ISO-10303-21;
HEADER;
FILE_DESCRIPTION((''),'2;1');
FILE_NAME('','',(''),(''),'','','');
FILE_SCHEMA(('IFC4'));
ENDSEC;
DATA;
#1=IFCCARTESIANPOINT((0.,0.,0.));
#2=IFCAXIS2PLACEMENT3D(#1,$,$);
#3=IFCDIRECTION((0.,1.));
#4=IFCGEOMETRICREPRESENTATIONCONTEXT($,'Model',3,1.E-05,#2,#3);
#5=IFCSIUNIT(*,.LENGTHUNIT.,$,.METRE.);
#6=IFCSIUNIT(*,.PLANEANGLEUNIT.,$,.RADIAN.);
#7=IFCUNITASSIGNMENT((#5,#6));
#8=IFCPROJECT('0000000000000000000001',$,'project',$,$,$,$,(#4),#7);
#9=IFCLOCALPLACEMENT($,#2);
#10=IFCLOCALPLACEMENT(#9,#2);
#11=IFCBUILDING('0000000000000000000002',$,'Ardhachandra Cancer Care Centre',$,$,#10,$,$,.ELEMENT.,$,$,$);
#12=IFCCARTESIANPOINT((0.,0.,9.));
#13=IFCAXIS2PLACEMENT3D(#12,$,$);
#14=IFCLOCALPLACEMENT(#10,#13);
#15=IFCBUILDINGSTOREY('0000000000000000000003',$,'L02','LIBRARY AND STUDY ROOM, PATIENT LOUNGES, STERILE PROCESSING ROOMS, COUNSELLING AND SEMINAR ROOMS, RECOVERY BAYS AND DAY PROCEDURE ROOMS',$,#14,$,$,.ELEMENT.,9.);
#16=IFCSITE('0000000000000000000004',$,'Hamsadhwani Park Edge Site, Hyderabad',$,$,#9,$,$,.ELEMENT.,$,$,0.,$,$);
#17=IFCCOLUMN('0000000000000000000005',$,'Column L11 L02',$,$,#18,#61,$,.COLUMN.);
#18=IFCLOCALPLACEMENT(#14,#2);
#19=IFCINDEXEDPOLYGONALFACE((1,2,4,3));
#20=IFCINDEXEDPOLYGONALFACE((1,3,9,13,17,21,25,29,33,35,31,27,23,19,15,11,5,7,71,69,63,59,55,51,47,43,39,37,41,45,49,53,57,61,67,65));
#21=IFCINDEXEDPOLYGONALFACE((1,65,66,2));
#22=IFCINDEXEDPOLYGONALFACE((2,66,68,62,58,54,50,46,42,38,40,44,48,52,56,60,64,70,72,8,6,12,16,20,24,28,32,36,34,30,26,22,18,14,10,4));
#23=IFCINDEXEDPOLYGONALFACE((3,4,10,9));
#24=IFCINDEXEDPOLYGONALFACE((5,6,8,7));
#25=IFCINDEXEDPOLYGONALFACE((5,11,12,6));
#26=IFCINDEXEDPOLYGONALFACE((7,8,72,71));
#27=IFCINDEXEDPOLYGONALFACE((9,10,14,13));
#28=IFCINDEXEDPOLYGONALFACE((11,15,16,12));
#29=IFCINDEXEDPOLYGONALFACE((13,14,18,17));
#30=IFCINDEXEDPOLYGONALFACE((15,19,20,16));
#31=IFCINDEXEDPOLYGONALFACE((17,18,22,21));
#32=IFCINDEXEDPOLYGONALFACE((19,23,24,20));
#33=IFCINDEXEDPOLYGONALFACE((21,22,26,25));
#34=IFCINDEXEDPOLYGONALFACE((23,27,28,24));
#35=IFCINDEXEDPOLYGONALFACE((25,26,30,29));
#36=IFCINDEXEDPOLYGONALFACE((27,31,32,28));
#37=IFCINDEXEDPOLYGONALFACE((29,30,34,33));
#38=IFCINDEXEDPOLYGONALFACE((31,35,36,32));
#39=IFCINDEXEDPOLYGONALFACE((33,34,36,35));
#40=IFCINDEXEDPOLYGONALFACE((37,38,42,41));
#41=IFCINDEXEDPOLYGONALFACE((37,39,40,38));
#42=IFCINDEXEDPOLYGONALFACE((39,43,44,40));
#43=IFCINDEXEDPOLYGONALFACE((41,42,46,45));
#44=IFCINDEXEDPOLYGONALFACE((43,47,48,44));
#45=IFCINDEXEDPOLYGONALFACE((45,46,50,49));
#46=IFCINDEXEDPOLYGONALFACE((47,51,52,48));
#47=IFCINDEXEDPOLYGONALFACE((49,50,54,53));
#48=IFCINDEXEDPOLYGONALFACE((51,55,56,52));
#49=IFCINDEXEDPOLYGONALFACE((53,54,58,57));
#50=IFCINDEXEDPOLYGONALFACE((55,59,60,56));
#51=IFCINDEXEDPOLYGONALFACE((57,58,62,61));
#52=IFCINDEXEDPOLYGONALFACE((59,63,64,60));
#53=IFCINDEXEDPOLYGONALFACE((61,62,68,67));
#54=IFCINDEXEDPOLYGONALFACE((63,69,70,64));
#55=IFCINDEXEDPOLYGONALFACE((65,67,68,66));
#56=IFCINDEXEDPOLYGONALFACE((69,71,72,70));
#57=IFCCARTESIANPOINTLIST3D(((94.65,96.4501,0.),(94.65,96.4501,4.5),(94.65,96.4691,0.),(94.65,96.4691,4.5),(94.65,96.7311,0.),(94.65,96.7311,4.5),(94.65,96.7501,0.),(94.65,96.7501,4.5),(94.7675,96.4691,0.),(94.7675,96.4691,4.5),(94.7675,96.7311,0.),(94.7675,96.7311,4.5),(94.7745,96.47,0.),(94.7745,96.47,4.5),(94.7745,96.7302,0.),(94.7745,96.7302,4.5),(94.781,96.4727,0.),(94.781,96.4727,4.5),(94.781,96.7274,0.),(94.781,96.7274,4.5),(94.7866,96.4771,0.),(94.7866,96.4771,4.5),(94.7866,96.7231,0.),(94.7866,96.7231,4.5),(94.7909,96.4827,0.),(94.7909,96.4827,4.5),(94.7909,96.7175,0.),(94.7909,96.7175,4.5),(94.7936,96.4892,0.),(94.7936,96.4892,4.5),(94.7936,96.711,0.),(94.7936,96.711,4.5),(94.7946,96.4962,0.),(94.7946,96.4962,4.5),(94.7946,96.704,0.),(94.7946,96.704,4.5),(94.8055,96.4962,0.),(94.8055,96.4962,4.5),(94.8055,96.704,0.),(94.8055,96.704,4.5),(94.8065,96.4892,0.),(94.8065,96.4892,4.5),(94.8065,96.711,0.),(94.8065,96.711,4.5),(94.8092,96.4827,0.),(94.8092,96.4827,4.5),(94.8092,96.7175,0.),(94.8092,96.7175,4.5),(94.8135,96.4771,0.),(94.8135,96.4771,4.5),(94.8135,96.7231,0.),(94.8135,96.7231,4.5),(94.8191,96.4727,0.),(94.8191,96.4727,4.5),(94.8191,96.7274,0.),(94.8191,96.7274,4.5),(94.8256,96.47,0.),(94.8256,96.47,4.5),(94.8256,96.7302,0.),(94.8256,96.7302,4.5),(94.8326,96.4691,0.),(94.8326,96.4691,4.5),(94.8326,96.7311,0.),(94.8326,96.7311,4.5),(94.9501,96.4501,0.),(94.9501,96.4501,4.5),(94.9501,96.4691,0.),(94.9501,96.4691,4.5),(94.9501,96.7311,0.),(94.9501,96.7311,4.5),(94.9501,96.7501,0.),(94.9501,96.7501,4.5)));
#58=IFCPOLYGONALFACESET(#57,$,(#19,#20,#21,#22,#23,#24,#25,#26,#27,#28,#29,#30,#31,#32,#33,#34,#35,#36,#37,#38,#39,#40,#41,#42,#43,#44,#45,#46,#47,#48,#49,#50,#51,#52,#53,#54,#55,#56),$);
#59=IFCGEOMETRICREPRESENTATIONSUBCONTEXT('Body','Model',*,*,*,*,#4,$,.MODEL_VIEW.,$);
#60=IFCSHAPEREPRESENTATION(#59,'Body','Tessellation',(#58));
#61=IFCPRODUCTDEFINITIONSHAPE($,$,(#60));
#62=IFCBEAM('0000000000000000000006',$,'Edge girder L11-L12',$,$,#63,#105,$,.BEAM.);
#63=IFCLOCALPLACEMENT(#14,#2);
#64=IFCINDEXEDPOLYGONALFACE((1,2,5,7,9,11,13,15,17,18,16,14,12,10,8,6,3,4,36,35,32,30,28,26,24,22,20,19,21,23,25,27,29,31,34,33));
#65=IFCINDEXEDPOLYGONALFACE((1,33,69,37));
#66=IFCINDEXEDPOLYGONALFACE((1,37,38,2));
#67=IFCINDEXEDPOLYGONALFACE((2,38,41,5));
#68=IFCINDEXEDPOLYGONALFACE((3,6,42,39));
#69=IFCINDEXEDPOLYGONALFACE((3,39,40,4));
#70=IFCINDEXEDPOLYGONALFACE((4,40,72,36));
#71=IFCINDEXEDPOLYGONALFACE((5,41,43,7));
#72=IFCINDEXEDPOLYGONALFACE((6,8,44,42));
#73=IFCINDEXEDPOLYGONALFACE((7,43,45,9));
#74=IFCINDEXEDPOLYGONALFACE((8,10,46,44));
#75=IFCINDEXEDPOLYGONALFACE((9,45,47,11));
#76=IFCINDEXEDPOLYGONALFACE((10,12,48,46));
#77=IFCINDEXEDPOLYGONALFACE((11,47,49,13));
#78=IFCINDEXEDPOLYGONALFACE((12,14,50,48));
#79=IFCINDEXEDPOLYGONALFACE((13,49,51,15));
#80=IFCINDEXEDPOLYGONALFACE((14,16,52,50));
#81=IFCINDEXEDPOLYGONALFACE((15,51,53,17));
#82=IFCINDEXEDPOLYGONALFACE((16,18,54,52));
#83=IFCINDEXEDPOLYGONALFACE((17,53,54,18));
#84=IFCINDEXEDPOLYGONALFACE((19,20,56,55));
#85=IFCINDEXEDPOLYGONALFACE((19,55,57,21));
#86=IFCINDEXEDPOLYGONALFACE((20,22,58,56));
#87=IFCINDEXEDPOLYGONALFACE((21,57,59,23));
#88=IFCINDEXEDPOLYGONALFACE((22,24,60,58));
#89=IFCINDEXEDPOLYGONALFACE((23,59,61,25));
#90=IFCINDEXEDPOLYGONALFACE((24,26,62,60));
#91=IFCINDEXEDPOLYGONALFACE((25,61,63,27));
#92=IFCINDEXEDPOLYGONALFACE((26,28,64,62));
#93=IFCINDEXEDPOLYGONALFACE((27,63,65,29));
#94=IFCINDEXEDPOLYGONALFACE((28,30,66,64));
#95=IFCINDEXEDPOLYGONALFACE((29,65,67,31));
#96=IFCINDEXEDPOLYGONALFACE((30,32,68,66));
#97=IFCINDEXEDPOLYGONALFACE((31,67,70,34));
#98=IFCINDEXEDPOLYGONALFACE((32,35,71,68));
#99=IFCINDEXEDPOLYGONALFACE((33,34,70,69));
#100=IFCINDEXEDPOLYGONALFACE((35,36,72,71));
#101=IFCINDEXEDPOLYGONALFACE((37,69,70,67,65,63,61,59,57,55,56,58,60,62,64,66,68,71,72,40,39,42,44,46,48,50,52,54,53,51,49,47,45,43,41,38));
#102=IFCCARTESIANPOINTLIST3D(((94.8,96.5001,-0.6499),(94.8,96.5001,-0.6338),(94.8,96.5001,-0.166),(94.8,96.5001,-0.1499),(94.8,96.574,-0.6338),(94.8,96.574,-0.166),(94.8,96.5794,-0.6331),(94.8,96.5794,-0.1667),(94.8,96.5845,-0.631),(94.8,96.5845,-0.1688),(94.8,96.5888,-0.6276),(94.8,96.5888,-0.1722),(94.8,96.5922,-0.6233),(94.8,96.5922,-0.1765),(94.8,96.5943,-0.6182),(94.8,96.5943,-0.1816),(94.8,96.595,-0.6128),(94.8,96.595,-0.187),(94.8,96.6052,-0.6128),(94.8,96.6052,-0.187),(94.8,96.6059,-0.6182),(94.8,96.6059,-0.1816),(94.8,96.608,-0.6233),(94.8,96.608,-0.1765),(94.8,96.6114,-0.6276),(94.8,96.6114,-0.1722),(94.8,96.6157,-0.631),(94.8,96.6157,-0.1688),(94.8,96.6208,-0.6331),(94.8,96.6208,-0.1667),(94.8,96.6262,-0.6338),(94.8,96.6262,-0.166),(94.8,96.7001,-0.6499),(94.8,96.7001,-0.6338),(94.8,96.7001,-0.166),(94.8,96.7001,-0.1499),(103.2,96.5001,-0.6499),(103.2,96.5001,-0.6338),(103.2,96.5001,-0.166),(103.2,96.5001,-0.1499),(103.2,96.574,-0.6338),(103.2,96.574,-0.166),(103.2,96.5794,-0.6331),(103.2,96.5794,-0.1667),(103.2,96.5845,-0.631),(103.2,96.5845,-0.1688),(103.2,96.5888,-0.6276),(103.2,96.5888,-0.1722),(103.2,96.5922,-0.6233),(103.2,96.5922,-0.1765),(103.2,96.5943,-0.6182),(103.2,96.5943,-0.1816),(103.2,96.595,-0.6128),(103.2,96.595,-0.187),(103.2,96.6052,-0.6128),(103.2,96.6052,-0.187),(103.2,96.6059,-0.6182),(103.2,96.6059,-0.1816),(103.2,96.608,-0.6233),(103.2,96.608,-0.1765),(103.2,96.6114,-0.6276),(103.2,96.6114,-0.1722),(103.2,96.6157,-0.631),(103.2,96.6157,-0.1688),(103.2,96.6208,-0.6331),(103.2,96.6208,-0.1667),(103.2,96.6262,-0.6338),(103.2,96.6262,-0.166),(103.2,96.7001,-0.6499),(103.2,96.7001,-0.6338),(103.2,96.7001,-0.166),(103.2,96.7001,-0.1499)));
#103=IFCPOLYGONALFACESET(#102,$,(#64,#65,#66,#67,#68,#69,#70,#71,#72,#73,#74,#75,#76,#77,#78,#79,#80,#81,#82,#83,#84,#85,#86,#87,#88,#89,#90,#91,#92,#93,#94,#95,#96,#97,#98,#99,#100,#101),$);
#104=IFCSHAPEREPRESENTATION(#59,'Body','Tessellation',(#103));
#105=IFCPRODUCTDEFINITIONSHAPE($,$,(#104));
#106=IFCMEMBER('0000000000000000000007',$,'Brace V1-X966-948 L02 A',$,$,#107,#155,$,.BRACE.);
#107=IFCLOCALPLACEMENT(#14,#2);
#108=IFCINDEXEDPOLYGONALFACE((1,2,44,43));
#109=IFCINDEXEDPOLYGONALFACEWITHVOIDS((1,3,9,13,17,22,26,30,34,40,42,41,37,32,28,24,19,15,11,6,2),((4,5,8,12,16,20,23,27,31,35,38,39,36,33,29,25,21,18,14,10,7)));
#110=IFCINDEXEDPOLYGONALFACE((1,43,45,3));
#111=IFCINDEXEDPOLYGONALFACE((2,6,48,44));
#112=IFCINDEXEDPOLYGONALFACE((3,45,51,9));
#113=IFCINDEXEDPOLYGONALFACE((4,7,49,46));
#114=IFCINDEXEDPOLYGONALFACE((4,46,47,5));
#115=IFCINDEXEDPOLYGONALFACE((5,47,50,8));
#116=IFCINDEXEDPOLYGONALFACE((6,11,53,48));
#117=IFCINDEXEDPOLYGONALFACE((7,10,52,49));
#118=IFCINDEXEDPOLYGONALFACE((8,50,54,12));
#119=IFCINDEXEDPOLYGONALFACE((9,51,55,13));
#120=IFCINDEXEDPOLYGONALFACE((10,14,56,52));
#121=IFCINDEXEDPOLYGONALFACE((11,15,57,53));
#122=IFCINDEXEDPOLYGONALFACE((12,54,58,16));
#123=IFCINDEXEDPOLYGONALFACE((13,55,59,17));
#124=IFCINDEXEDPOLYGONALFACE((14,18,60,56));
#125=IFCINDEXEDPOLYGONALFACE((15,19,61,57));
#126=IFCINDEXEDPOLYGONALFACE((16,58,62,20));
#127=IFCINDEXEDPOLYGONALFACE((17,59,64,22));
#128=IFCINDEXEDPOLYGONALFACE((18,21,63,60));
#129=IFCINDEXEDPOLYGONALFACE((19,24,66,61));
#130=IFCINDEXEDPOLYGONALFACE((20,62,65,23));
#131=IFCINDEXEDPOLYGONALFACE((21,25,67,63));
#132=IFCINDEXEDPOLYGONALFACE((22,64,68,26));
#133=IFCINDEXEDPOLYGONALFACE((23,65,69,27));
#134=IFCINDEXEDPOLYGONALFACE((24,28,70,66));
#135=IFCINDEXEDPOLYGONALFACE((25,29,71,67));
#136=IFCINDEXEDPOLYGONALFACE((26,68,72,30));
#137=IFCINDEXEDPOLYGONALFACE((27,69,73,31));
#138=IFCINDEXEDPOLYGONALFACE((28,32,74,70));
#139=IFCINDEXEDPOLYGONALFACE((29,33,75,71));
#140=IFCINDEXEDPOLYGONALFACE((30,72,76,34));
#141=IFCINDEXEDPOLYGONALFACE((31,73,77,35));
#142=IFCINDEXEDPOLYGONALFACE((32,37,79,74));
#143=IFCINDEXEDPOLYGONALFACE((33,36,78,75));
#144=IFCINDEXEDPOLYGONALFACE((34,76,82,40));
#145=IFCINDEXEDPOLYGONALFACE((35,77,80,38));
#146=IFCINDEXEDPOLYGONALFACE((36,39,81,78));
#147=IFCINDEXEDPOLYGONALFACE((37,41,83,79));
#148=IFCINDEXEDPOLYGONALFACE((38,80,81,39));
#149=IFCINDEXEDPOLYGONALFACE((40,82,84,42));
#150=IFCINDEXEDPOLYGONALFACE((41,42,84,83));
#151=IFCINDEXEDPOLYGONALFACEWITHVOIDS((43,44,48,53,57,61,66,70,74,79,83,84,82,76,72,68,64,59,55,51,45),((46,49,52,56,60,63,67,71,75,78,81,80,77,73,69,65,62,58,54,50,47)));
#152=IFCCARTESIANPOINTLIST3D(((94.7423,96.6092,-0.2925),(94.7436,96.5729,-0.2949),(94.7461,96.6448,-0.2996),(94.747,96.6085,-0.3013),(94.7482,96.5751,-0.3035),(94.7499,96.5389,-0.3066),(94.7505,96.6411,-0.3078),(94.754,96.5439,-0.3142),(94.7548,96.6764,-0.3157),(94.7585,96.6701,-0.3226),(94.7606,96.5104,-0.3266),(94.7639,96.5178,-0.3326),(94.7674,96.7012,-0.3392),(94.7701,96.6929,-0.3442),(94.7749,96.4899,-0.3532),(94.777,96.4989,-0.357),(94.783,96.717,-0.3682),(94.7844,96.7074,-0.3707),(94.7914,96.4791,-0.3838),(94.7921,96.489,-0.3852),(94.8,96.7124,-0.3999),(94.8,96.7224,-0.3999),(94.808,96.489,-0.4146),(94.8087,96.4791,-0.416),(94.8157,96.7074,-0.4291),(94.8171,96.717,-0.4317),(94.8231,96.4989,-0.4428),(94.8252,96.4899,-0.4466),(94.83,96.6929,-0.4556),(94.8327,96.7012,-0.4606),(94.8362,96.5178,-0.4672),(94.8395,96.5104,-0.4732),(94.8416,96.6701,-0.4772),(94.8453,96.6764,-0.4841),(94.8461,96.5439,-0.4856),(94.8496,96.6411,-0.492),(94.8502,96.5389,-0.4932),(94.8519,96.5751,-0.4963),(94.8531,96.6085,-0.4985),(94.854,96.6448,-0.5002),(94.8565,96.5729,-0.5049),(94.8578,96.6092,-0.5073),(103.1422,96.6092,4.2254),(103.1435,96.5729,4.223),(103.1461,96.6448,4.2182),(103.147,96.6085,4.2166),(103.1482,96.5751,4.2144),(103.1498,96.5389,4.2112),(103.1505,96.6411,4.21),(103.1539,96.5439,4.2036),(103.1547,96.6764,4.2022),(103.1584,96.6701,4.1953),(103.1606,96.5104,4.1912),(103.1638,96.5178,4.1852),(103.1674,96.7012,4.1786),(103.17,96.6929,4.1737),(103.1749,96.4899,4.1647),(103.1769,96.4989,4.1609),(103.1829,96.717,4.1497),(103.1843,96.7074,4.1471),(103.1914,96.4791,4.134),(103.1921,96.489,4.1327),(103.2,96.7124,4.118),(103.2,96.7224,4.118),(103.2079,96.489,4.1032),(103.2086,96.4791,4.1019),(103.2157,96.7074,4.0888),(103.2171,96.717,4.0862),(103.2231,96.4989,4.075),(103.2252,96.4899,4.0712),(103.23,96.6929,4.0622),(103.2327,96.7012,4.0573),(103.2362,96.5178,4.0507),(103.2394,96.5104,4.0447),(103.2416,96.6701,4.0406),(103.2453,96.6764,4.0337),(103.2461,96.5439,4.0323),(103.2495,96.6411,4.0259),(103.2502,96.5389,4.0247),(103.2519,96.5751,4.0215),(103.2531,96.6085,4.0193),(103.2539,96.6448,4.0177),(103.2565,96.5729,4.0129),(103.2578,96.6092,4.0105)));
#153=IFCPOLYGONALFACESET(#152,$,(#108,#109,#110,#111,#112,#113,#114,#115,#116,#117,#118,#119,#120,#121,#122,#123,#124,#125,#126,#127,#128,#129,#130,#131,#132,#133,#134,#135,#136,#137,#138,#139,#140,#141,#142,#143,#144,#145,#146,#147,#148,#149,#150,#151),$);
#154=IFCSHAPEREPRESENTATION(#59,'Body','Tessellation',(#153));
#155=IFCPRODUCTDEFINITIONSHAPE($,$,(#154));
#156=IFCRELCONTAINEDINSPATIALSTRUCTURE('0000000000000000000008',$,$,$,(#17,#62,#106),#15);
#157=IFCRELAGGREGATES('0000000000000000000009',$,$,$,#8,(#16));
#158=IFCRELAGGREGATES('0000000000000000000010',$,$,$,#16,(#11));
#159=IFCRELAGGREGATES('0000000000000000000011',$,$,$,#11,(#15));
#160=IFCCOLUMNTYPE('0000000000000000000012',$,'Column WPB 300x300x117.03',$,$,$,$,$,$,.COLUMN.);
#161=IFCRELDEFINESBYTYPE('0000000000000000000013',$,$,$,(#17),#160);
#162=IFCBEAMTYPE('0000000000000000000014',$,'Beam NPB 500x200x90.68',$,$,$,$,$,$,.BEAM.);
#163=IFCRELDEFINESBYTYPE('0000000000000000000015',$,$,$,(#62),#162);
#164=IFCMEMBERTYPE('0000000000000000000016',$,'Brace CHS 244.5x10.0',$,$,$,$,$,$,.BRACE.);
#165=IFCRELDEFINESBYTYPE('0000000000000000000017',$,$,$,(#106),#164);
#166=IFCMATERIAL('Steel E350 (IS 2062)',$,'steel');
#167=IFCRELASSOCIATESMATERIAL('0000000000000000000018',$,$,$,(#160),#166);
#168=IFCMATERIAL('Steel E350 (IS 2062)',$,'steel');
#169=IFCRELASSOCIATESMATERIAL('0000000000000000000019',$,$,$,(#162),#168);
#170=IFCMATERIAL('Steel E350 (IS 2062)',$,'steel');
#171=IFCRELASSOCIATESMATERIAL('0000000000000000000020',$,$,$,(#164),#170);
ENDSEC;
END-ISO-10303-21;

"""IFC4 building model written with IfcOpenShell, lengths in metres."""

from ifc_helpers import new_model, si_unit, direction, frame, origin, origin_2d, place, context, subcontext, project, spatial, hollow_circle, i_section, extrude, material, material_profile, profile_set, type_object, element, save


model = new_model("IFC4")

# Units and contexts
model_context = context("Model", 3, precision=1e-05, world=origin(), true_north=direction((0.0, 1.0)))
body_context = subcontext(model_context, "Body", "Model", "MODEL_VIEW")
ifc_project = project(units=[si_unit("LENGTHUNIT", "METRE"), si_unit("PLANEANGLEUNIT", "RADIAN")], contexts=[model_context])

# Site, building, storey
site_placement = place(None, origin())
site = spatial("IfcSite", under=ifc_project, at=site_placement, Name="Hamsadhwani Park Edge Site, Hyderabad", CompositionType="ELEMENT", RefElevation=0.0)
building_placement = place(site_placement, origin())
building = spatial("IfcBuilding", under=site, at=building_placement, Name="Ardhachandra Cancer Care Centre", CompositionType="ELEMENT")
storey_placement = place(building_placement, frame((0.0, 0.0, 9.0)))
storey = spatial("IfcBuildingStorey", under=building, at=storey_placement, Name="L02", Description="LIBRARY AND STUDY ROOM, PATIENT LOUNGES, STERILE PROCESSING ROOMS, COUNSELLING AND SEMINAR ROOMS, RECOVERY BAYS AND DAY PROCEDURE ROOMS", CompositionType="ELEMENT", Elevation=9.0)

# Column
ifc_material_1 = material(Name="Steel E350 (IS 2062)", Category="steel")
ifc_material_profile_1 = material_profile(ifc_material_1, i_section(OverallWidth=0.3, OverallDepth=0.3, WebThickness=0.011, FlangeThickness=0.019, FilletRadius=0.0271, at=origin_2d()), Name="WPB 300x300x117.03")
ifc_profile_set_1 = profile_set([ifc_material_profile_1], Name="Steel E350 (IS 2062)")
column_type = type_object("IfcColumnType", Name="Column WPB 300x300x117.03", PredefinedType="COLUMN", material=ifc_profile_set_1)
column_placement = place(storey_placement, frame((94.8, 96.6001, 0.0), z_axis=(0.0, 0.0, 1.0), x_axis=(1.0, 0.0, 0.0)))
element("IfcColumn", 1, at=column_placement, inside=storey, type_object=column_type, Name="Column L11 L02", PredefinedType="COLUMN", context=body_context, shape_type="SweptSolid", body=[
    extrude(i_section(OverallWidth=0.3, OverallDepth=0.3, WebThickness=0.011, FlangeThickness=0.019, FilletRadius=0.0271, at=origin_2d()), origin(), (0.0, 0.0, 1.0), 4.5),
])

# Beam
ifc_material_2 = material(Name="Steel E350 (IS 2062)", Category="steel")
ifc_material_profile_2 = material_profile(ifc_material_2, i_section(OverallWidth=0.2, OverallDepth=0.5, WebThickness=0.0103, FlangeThickness=0.0161, FilletRadius=0.021, at=origin_2d()), Name="NPB 500x200x90.68")
ifc_profile_set_2 = profile_set([ifc_material_profile_2], Name="Steel E350 (IS 2062)")
beam_type = type_object("IfcBeamType", Name="Beam NPB 500x200x90.68", PredefinedType="BEAM", material=ifc_profile_set_2)
beam_placement = place(storey_placement, frame((94.8, 96.6001, -0.3999), z_axis=(1.0, 0.0, 0.0), x_axis=(0.0, 1.0, 0.0)))
element("IfcBeam", 2, at=beam_placement, inside=storey, type_object=beam_type, Name="Edge girder L11-L12", PredefinedType="BEAM", context=body_context, shape_type="SweptSolid", body=[
    extrude(i_section(OverallWidth=0.2, OverallDepth=0.5, WebThickness=0.0103, FlangeThickness=0.0161, FilletRadius=0.021, at=origin_2d()), origin(), (0.0, 0.0, 1.0), 8.3999),
])

# Member
ifc_material_3 = material(Name="Steel E350 (IS 2062)", Category="steel")
ifc_material_profile_3 = material_profile(ifc_material_3, hollow_circle(Radius=0.1223, WallThickness=0.01, at=origin_2d()), Name="CHS 244.5x10.0")
ifc_profile_set_3 = profile_set([ifc_material_profile_3], Name="Steel E350 (IS 2062)")
member_type = type_object("IfcMemberType", Name="Brace CHS 244.5x10.0", PredefinedType="BRACE", material=ifc_profile_set_3)
member_1_placement = place(storey_placement, frame((94.8, 96.6001, -0.3999), z_axis=(0.880699, 0.0, 0.473677), x_axis=(0.0, 1.0, 0.0)))
element("IfcMember", 3, at=member_1_placement, inside=storey, type_object=member_type, Name="Brace V1-X966-948 L02 A", PredefinedType="BRACE", context=body_context, shape_type="SweptSolid", body=[
    extrude(hollow_circle(Radius=0.1223, WallThickness=0.01, at=origin_2d()), origin(), (0.0, 0.0, 1.0), 9.5378),
])

save(model, "model.ifc")
